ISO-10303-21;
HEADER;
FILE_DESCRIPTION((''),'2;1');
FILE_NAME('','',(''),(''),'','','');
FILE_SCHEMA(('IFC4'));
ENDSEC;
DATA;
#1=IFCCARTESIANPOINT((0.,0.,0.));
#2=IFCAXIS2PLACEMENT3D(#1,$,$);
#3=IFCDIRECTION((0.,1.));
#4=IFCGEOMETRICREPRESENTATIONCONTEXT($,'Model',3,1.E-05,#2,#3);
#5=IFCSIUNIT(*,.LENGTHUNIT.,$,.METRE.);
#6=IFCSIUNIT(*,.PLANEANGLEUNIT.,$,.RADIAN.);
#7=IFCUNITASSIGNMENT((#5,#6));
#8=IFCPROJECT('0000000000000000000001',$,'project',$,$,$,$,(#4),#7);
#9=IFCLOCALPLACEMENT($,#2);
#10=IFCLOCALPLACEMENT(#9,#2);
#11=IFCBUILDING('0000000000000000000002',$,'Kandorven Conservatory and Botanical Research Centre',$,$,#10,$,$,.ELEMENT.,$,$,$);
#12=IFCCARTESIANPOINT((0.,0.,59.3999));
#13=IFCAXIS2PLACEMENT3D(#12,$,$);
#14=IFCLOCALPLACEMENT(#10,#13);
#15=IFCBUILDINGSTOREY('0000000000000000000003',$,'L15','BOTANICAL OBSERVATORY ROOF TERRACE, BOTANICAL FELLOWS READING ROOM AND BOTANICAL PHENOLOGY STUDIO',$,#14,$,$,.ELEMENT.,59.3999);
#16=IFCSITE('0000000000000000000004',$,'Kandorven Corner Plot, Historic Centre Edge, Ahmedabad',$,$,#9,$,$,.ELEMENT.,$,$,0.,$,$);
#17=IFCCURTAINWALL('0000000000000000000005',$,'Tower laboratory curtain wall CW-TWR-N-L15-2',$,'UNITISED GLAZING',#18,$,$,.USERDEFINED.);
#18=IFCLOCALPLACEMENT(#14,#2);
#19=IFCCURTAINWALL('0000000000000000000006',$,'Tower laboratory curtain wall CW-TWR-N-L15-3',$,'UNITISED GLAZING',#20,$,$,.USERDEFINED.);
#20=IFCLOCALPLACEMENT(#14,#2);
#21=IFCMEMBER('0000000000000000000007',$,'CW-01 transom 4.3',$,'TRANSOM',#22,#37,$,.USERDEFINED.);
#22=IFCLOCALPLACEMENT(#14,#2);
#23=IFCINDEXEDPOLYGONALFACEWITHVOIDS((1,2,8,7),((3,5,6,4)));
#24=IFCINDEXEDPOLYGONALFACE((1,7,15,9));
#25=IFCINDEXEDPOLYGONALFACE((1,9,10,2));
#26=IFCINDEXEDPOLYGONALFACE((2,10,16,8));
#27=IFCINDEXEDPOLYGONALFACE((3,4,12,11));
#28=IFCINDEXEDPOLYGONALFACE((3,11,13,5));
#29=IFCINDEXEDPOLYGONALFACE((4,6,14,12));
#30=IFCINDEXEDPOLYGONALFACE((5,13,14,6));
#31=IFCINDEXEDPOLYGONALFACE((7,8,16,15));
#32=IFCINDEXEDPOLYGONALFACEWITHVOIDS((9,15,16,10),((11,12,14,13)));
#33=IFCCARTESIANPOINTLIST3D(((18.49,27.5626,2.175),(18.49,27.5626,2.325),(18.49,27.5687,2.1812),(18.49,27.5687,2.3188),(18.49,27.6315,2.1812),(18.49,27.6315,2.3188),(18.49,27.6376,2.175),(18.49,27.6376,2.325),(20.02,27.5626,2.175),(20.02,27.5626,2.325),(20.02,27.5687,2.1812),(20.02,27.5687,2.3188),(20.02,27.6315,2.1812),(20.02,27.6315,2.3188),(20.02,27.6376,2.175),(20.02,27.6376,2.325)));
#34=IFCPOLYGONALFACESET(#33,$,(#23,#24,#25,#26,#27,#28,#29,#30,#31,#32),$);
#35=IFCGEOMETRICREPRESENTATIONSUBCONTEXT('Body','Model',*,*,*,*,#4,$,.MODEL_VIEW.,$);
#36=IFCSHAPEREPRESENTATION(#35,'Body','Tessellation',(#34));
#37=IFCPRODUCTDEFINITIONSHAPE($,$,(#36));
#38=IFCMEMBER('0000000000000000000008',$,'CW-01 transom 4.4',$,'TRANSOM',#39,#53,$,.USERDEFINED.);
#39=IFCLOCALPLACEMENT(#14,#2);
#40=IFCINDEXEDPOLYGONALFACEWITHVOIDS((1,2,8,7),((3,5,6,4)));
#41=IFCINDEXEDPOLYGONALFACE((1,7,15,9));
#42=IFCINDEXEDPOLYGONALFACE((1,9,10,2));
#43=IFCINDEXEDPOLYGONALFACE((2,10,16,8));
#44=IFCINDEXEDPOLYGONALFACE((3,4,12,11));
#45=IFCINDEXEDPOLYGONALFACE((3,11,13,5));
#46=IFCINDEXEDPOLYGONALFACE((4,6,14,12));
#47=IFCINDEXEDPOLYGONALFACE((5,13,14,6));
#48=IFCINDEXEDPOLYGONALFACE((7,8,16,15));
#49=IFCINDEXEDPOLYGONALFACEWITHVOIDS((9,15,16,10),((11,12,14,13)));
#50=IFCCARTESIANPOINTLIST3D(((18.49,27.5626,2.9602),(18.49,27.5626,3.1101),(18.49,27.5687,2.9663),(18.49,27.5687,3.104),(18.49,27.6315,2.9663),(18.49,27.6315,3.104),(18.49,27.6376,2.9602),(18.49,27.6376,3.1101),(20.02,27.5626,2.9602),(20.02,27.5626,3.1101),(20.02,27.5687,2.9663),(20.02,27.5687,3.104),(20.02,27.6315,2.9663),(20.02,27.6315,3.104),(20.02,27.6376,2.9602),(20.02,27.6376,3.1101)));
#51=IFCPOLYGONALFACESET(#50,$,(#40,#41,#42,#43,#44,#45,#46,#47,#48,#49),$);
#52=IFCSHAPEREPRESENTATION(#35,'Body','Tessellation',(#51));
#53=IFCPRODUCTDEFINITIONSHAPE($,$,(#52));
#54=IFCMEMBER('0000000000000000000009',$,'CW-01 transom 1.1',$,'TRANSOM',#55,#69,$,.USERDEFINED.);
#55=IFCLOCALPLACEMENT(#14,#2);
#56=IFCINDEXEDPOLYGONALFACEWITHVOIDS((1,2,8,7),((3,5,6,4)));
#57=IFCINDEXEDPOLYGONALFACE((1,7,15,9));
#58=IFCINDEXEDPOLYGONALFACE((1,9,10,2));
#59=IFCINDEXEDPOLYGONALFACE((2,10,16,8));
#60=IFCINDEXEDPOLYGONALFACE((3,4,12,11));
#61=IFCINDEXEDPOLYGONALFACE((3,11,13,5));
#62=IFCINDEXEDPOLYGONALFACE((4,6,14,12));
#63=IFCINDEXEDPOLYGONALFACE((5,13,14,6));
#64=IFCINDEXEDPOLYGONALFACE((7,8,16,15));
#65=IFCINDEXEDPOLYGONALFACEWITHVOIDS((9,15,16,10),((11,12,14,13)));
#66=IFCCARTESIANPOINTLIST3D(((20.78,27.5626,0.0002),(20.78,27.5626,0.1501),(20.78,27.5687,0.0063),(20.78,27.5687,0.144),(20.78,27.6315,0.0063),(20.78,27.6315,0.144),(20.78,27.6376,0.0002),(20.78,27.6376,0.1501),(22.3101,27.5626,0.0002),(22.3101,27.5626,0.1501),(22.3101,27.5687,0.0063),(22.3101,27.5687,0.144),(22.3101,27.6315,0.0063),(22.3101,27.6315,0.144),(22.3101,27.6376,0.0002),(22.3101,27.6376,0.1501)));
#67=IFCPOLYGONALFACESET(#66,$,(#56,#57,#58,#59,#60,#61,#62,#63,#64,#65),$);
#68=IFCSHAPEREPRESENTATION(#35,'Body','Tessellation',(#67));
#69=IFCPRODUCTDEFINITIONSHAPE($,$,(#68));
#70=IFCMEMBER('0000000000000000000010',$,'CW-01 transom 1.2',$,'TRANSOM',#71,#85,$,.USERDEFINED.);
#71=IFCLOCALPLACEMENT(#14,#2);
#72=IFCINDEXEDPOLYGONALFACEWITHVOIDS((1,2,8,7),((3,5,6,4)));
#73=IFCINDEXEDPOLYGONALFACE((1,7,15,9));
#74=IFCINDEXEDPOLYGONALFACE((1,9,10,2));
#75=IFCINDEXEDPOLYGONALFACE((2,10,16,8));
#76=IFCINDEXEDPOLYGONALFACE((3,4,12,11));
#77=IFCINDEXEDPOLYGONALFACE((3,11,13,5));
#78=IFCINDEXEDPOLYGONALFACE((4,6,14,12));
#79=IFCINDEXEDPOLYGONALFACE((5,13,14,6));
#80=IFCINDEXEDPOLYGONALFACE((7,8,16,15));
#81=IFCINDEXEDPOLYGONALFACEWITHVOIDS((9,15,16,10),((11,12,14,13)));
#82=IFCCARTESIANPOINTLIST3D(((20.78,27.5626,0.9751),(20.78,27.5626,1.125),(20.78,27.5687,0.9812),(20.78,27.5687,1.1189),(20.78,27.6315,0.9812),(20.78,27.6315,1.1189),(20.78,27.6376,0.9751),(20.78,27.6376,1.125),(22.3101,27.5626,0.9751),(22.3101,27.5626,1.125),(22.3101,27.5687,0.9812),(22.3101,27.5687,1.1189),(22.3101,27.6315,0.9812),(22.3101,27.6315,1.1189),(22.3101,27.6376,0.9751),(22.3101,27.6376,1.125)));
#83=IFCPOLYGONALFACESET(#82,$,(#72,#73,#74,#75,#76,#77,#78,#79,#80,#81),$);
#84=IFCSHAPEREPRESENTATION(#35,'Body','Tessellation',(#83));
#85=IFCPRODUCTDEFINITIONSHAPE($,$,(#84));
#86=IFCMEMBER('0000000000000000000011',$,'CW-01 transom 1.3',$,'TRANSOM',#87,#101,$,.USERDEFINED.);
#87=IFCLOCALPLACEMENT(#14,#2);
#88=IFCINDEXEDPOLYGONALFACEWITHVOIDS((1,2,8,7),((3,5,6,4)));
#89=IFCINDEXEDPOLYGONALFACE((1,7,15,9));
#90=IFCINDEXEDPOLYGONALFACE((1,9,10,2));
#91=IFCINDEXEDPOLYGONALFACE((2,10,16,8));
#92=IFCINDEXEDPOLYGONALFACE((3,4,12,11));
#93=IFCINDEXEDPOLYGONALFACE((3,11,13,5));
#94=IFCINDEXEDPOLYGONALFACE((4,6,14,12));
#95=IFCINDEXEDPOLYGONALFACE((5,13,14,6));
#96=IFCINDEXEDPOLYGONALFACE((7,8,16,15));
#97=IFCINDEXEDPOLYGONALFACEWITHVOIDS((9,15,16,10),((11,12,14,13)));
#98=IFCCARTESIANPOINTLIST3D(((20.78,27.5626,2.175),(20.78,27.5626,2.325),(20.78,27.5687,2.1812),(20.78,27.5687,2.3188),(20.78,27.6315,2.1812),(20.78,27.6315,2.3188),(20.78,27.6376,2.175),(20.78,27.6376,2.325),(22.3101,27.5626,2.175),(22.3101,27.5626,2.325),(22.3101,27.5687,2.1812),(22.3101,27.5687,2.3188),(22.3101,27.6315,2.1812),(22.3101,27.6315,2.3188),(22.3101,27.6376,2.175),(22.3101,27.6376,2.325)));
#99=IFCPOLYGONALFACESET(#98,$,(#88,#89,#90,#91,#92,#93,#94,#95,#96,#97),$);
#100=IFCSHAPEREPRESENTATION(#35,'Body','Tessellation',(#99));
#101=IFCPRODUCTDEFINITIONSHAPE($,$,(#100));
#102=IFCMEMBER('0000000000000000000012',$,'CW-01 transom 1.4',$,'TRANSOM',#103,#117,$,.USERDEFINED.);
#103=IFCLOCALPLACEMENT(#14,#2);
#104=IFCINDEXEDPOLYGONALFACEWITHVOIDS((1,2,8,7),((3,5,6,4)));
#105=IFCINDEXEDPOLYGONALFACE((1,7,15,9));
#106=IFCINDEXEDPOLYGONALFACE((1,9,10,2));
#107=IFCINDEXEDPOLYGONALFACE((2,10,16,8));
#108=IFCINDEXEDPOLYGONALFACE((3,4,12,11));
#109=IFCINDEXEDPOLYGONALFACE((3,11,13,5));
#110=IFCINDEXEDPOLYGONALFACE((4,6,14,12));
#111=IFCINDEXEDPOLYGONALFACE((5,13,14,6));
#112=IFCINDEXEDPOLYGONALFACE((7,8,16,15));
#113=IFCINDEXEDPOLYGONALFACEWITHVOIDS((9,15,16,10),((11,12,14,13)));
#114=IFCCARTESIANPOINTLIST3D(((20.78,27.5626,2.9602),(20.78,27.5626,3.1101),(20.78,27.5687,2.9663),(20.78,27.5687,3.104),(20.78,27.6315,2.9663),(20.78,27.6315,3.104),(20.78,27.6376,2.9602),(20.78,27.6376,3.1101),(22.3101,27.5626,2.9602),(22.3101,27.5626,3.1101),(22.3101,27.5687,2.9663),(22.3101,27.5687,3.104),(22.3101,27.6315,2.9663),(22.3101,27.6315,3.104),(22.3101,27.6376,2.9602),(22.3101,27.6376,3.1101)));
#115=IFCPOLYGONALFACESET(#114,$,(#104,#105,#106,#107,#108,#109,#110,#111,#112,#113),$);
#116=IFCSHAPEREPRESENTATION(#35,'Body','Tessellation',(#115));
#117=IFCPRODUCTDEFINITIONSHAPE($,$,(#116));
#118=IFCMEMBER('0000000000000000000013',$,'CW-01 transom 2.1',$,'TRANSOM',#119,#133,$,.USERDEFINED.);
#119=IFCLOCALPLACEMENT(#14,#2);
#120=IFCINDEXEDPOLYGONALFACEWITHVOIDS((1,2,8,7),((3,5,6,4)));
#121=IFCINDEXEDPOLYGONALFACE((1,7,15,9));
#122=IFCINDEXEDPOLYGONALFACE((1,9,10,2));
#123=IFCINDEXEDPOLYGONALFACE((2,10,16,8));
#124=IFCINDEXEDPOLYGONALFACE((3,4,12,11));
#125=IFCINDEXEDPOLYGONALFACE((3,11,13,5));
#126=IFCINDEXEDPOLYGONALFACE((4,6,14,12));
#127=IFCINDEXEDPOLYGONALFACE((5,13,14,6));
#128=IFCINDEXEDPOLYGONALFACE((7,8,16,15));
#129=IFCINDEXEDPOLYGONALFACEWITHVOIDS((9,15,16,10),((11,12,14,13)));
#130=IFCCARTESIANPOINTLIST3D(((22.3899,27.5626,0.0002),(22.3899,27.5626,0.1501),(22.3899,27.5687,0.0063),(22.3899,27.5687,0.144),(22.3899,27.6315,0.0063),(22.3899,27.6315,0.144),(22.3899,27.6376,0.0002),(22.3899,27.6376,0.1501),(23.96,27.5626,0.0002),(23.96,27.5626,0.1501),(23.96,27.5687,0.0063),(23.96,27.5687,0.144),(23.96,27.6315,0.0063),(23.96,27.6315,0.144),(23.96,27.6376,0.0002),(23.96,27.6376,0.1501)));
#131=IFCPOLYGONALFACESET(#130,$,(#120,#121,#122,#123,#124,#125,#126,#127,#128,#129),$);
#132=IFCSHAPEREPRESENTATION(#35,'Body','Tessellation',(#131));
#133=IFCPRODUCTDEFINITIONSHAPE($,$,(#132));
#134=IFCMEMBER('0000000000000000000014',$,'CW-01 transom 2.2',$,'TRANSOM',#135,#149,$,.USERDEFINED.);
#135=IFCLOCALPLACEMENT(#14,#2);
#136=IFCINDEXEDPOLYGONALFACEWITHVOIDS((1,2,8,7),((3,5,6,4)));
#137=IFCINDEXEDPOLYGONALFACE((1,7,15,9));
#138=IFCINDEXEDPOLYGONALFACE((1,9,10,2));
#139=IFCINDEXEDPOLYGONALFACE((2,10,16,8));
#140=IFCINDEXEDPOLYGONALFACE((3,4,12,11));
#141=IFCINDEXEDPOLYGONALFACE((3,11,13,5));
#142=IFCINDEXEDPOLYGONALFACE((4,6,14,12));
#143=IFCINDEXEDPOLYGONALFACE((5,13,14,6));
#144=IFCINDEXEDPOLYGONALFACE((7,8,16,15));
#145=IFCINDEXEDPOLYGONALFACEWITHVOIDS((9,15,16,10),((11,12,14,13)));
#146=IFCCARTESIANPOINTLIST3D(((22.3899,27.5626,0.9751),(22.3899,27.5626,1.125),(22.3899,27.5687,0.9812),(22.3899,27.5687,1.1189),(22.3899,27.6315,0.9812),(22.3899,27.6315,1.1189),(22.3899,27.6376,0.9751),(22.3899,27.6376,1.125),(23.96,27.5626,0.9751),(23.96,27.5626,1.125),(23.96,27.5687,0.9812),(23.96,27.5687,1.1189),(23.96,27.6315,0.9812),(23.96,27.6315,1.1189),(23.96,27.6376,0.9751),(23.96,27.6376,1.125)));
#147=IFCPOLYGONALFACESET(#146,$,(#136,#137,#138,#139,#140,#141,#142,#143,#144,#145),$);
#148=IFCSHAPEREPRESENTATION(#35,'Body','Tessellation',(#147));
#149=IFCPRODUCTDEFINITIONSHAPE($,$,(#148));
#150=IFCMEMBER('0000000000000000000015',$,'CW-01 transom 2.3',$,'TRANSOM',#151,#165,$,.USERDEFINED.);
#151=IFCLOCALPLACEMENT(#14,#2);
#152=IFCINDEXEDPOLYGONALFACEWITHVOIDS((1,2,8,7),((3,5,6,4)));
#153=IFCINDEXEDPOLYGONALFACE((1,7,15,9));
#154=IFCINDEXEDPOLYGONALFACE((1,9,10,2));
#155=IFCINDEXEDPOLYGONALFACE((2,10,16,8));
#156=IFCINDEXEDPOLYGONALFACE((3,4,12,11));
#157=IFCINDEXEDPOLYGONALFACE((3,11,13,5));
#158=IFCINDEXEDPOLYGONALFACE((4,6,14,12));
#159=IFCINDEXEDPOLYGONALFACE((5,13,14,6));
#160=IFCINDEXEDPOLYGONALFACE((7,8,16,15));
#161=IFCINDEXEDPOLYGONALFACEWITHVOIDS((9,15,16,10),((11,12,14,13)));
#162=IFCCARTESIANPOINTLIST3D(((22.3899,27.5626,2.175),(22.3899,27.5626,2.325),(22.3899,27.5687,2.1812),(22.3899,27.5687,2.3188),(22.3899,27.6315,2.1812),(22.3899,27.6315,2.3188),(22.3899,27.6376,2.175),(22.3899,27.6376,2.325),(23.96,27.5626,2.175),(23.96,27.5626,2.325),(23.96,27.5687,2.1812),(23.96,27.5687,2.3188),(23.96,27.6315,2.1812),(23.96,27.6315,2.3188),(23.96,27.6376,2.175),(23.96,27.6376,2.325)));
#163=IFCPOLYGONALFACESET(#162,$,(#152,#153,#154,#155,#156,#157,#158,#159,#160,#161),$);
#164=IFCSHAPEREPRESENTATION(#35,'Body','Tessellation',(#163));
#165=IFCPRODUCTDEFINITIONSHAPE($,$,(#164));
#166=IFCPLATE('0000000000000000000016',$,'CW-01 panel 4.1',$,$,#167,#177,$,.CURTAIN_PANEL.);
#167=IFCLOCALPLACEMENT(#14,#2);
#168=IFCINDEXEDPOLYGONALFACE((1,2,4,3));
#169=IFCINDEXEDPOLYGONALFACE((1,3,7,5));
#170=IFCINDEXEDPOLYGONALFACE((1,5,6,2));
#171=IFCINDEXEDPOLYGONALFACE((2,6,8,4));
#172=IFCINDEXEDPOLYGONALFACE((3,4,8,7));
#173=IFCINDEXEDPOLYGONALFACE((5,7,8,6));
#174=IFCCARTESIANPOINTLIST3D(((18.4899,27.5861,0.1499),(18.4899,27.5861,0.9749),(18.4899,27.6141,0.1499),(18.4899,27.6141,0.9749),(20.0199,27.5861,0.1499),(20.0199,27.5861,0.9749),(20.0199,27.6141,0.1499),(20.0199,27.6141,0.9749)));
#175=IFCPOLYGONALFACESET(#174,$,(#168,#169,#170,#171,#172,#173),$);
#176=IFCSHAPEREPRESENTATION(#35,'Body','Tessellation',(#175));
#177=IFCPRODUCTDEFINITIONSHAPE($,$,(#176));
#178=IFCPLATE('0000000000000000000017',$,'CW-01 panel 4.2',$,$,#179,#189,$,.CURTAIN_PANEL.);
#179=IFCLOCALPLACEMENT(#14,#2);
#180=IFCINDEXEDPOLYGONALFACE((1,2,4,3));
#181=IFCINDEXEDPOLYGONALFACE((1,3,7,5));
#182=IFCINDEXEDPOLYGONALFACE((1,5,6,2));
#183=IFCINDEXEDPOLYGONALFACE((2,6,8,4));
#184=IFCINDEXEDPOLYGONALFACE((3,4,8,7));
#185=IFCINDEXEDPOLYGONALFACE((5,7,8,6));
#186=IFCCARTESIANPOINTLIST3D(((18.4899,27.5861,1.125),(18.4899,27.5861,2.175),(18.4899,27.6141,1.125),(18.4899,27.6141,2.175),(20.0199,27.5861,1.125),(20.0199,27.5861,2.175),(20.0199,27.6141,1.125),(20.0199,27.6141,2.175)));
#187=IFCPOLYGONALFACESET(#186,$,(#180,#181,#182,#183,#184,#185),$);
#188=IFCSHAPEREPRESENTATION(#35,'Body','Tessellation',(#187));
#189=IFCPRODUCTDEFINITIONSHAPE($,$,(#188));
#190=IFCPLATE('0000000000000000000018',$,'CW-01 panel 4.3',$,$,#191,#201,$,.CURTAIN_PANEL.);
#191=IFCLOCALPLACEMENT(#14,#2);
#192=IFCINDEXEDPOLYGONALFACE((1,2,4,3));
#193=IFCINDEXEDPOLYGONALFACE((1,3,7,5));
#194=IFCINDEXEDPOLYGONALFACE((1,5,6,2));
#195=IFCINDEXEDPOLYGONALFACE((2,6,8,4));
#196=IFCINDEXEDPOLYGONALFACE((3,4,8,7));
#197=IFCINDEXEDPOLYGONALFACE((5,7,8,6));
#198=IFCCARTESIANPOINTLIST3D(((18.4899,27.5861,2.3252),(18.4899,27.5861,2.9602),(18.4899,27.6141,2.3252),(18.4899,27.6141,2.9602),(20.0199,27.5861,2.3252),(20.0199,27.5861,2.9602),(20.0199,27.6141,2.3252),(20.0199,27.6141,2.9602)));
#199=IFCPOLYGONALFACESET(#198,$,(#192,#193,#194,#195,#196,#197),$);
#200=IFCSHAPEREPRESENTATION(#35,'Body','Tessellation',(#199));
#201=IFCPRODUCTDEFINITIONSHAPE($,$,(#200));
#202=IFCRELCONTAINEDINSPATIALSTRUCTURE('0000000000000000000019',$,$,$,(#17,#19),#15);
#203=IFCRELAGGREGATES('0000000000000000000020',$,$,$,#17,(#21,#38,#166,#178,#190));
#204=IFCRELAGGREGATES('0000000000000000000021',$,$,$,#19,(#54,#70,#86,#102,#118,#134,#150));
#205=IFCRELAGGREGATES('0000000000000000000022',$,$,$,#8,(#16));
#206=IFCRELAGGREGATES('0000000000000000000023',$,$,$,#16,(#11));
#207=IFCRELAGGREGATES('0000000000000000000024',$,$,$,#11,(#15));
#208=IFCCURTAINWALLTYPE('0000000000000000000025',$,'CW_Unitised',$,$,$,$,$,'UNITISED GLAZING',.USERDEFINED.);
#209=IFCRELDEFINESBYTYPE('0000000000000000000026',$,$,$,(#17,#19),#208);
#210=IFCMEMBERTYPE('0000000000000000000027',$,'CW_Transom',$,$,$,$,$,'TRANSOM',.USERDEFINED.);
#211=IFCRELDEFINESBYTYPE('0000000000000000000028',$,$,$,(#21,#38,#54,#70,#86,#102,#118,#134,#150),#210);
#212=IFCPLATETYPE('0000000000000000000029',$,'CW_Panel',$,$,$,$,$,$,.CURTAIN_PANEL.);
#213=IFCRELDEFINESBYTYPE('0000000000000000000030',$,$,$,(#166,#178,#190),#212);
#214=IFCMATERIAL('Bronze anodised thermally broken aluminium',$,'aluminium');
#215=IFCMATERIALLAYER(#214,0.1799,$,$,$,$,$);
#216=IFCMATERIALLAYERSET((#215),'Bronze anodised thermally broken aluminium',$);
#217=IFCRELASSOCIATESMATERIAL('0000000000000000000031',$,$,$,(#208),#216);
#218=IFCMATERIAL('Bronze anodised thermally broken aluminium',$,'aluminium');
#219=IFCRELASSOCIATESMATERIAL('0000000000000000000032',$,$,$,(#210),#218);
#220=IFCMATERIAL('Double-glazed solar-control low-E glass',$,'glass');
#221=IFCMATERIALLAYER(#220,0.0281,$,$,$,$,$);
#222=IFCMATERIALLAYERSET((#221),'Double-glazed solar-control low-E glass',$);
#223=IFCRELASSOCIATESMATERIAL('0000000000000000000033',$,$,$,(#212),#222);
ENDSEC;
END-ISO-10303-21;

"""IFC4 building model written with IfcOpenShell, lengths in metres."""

from ifc_helpers import new_model, si_unit, direction, frame, origin, origin_2d, place, context, subcontext, project, spatial, rectangle, hollow_rectangle, extrude, material, layer, layer_set, material_profile, profile_set, type_object, element, aggregate, save


model = new_model("IFC4")

# Units and contexts
model_context = context("Model", 3, precision=1e-05, world=origin(), true_north=direction((0.0, 1.0)))
body_context = subcontext(model_context, "Body", "Model", "MODEL_VIEW")
ifc_project = project(units=[si_unit("LENGTHUNIT", "METRE"), si_unit("PLANEANGLEUNIT", "RADIAN")], contexts=[model_context])

# Site, building, storey
site_placement = place(None, origin())
site = spatial("IfcSite", under=ifc_project, at=site_placement, Name="Kandorven Corner Plot, Historic Centre Edge, Ahmedabad", CompositionType="ELEMENT", RefElevation=0.0)
building_placement = place(site_placement, origin())
building = spatial("IfcBuilding", under=site, at=building_placement, Name="Kandorven Conservatory and Botanical Research Centre", CompositionType="ELEMENT")
storey_placement = place(building_placement, frame((0.0, 0.0, 59.3999)))
storey = spatial("IfcBuildingStorey", under=building, at=storey_placement, Name="L15", Description="BOTANICAL OBSERVATORY ROOF TERRACE, BOTANICAL FELLOWS READING ROOM AND BOTANICAL PHENOLOGY STUDIO", CompositionType="ELEMENT", Elevation=59.3999)

# Curtain walls
ifc_material_1 = material(Name="Bronze anodised thermally broken aluminium", Category="aluminium")
ifc_layer_1 = layer(ifc_material_1, 0.1799)
ifc_layer_set_1 = layer_set([ifc_layer_1], Name="Bronze anodised thermally broken aluminium")
curtain_wall_type = type_object("IfcCurtainWallType", Name="CW_Unitised", ElementType="UNITISED GLAZING", PredefinedType="USERDEFINED", material=ifc_layer_set_1)
curtain_wall_1_placement = place(storey_placement, origin())
curtain_wall_1 = element("IfcCurtainWall", 1, at=curtain_wall_1_placement, inside=storey, type_object=curtain_wall_type, Name="Tower laboratory curtain wall CW-TWR-N-L15-2", ObjectType="UNITISED GLAZING", PredefinedType="USERDEFINED")
curtain_wall_2_placement = place(storey_placement, origin())
curtain_wall_2 = element("IfcCurtainWall", 2, at=curtain_wall_2_placement, inside=storey, type_object=curtain_wall_type, Name="Tower laboratory curtain wall CW-TWR-N-L15-3", ObjectType="UNITISED GLAZING", PredefinedType="USERDEFINED")

# Members
ifc_material_2 = material(Name="Bronze anodised thermally broken aluminium", Category="aluminium")
ifc_material_profile_1 = material_profile(ifc_material_2, hollow_rectangle(XDim=0.075, YDim=0.1499, WallThickness=0.0061, at=origin_2d()))
ifc_profile_set_1 = profile_set([ifc_material_profile_1], Name="Bronze anodised thermally broken aluminium")
member_type_1 = type_object("IfcMemberType", Name="CW_Transom", ElementType="TRANSOM", PredefinedType="USERDEFINED", material=ifc_profile_set_1)
member_1_placement = place(storey_placement, frame((18.49, 27.6001, 2.25), z_axis=(1.0, 0.0, 0.0), x_axis=(0.0, 1.0, 0.0)))
member_1 = element("IfcMember", 3, at=member_1_placement, type_object=member_type_1, Name="CW-01 transom 4.3", ObjectType="TRANSOM", PredefinedType="USERDEFINED", context=body_context, shape_type="SweptSolid", body=[
    extrude(hollow_rectangle(XDim=0.075, YDim=0.1499, WallThickness=0.0061, at=origin_2d()), origin(), (0.0, 0.0, 1.0), 1.53),
])
member_2_placement = place(storey_placement, frame((18.49, 27.6001, 3.0352), z_axis=(1.0, 0.0, 0.0), x_axis=(0.0, 1.0, 0.0)))
member_2 = element("IfcMember", 4, at=member_2_placement, type_object=member_type_1, Name="CW-01 transom 4.4", ObjectType="TRANSOM", PredefinedType="USERDEFINED", context=body_context, shape_type="SweptSolid", body=[
    extrude(hollow_rectangle(XDim=0.075, YDim=0.1499, WallThickness=0.0061, at=origin_2d()), origin(), (0.0, 0.0, 1.0), 1.53),
])
member_3_placement = place(storey_placement, frame((20.78, 27.6001, 0.0752), z_axis=(1.0, 0.0, 0.0), x_axis=(0.0, 1.0, 0.0)))
member_3 = element("IfcMember", 5, at=member_3_placement, type_object=member_type_1, Name="CW-01 transom 1.1", ObjectType="TRANSOM", PredefinedType="USERDEFINED", context=body_context, shape_type="SweptSolid", body=[
    extrude(hollow_rectangle(XDim=0.075, YDim=0.1499, WallThickness=0.0061, at=origin_2d()), origin(), (0.0, 0.0, 1.0), 1.53),
])
member_4_placement = place(storey_placement, frame((20.78, 27.6001, 1.05), z_axis=(1.0, 0.0, 0.0), x_axis=(0.0, 1.0, 0.0)))
member_4 = element("IfcMember", 6, at=member_4_placement, type_object=member_type_1, Name="CW-01 transom 1.2", ObjectType="TRANSOM", PredefinedType="USERDEFINED", context=body_context, shape_type="SweptSolid", body=[
    extrude(hollow_rectangle(XDim=0.075, YDim=0.1499, WallThickness=0.0061, at=origin_2d()), origin(), (0.0, 0.0, 1.0), 1.53),
])
member_5_placement = place(storey_placement, frame((20.78, 27.6001, 2.25), z_axis=(1.0, 0.0, 0.0), x_axis=(0.0, 1.0, 0.0)))
member_5 = element("IfcMember", 7, at=member_5_placement, type_object=member_type_1, Name="CW-01 transom 1.3", ObjectType="TRANSOM", PredefinedType="USERDEFINED", context=body_context, shape_type="SweptSolid", body=[
    extrude(hollow_rectangle(XDim=0.075, YDim=0.1499, WallThickness=0.0061, at=origin_2d()), origin(), (0.0, 0.0, 1.0), 1.53),
])
member_6_placement = place(storey_placement, frame((20.78, 27.6001, 3.0352), z_axis=(1.0, 0.0, 0.0), x_axis=(0.0, 1.0, 0.0)))
member_6 = element("IfcMember", 8, at=member_6_placement, type_object=member_type_1, Name="CW-01 transom 1.4", ObjectType="TRANSOM", PredefinedType="USERDEFINED", context=body_context, shape_type="SweptSolid", body=[
    extrude(hollow_rectangle(XDim=0.075, YDim=0.1499, WallThickness=0.0061, at=origin_2d()), origin(), (0.0, 0.0, 1.0), 1.53),
])
member_7_placement = place(storey_placement, frame((22.3899, 27.6001, 0.0752), z_axis=(1.0, 0.0, 0.0), x_axis=(0.0, 1.0, 0.0)))
member_7 = element("IfcMember", 9, at=member_7_placement, type_object=member_type_1, Name="CW-01 transom 2.1", ObjectType="TRANSOM", PredefinedType="USERDEFINED", context=body_context, shape_type="SweptSolid", body=[
    extrude(hollow_rectangle(XDim=0.075, YDim=0.1499, WallThickness=0.0061, at=origin_2d()), origin(), (0.0, 0.0, 1.0), 1.5701),
])
member_8_placement = place(storey_placement, frame((22.3899, 27.6001, 1.05), z_axis=(1.0, 0.0, 0.0), x_axis=(0.0, 1.0, 0.0)))
member_8 = element("IfcMember", 10, at=member_8_placement, type_object=member_type_1, Name="CW-01 transom 2.2", ObjectType="TRANSOM", PredefinedType="USERDEFINED", context=body_context, shape_type="SweptSolid", body=[
    extrude(hollow_rectangle(XDim=0.075, YDim=0.1499, WallThickness=0.0061, at=origin_2d()), origin(), (0.0, 0.0, 1.0), 1.5701),
])
member_9_placement = place(storey_placement, frame((22.3899, 27.6001, 2.25), z_axis=(1.0, 0.0, 0.0), x_axis=(0.0, 1.0, 0.0)))
member_9 = element("IfcMember", 11, at=member_9_placement, type_object=member_type_1, Name="CW-01 transom 2.3", ObjectType="TRANSOM", PredefinedType="USERDEFINED", context=body_context, shape_type="SweptSolid", body=[
    extrude(hollow_rectangle(XDim=0.075, YDim=0.1499, WallThickness=0.0061, at=origin_2d()), origin(), (0.0, 0.0, 1.0), 1.5701),
])

# Plates
ifc_material_3 = material(Name="Double-glazed solar-control low-E glass", Category="glass")
ifc_layer_2 = layer(ifc_material_3, 0.0281)
ifc_layer_set_2 = layer_set([ifc_layer_2], Name="Double-glazed solar-control low-E glass")
plate_type = type_object("IfcPlateType", Name="CW_Panel", PredefinedType="CURTAIN_PANEL", material=ifc_layer_set_2)
plate_1_placement = place(storey_placement, frame((19.2549, 27.6001, 0.1499), z_axis=(0.0, 0.0, 1.0), x_axis=(1.0, 0.0, 0.0)))
plate_1 = element("IfcPlate", 12, at=plate_1_placement, type_object=plate_type, Name="CW-01 panel 4.1", PredefinedType="CURTAIN_PANEL", context=body_context, shape_type="SweptSolid", body=[
    extrude(rectangle(XDim=1.53, YDim=0.0281, at=origin_2d()), origin(), (0.0, 0.0, 1.0), 0.825),
])
plate_2_placement = place(storey_placement, frame((19.2549, 27.6001, 1.125), z_axis=(0.0, 0.0, 1.0), x_axis=(1.0, 0.0, 0.0)))
plate_2 = element("IfcPlate", 13, at=plate_2_placement, type_object=plate_type, Name="CW-01 panel 4.2", PredefinedType="CURTAIN_PANEL", context=body_context, shape_type="SweptSolid", body=[
    extrude(rectangle(XDim=1.53, YDim=0.0281, at=origin_2d()), origin(), (0.0, 0.0, 1.0), 1.05),
])
plate_3_placement = place(storey_placement, frame((19.2549, 27.6001, 2.3252), z_axis=(0.0, 0.0, 1.0), x_axis=(1.0, 0.0, 0.0)))
plate_3 = element("IfcPlate", 14, at=plate_3_placement, type_object=plate_type, Name="CW-01 panel 4.3", PredefinedType="CURTAIN_PANEL", context=body_context, shape_type="SweptSolid", body=[
    extrude(rectangle(XDim=1.53, YDim=0.0281, at=origin_2d()), origin(), (0.0, 0.0, 1.0), 0.635),
])
aggregate(curtain_wall_1, [member_1, member_2, plate_1, plate_2, plate_3])
aggregate(curtain_wall_2, [member_3, member_4, member_5, member_6, member_7, member_8, member_9])

save(model, "model.ifc")
